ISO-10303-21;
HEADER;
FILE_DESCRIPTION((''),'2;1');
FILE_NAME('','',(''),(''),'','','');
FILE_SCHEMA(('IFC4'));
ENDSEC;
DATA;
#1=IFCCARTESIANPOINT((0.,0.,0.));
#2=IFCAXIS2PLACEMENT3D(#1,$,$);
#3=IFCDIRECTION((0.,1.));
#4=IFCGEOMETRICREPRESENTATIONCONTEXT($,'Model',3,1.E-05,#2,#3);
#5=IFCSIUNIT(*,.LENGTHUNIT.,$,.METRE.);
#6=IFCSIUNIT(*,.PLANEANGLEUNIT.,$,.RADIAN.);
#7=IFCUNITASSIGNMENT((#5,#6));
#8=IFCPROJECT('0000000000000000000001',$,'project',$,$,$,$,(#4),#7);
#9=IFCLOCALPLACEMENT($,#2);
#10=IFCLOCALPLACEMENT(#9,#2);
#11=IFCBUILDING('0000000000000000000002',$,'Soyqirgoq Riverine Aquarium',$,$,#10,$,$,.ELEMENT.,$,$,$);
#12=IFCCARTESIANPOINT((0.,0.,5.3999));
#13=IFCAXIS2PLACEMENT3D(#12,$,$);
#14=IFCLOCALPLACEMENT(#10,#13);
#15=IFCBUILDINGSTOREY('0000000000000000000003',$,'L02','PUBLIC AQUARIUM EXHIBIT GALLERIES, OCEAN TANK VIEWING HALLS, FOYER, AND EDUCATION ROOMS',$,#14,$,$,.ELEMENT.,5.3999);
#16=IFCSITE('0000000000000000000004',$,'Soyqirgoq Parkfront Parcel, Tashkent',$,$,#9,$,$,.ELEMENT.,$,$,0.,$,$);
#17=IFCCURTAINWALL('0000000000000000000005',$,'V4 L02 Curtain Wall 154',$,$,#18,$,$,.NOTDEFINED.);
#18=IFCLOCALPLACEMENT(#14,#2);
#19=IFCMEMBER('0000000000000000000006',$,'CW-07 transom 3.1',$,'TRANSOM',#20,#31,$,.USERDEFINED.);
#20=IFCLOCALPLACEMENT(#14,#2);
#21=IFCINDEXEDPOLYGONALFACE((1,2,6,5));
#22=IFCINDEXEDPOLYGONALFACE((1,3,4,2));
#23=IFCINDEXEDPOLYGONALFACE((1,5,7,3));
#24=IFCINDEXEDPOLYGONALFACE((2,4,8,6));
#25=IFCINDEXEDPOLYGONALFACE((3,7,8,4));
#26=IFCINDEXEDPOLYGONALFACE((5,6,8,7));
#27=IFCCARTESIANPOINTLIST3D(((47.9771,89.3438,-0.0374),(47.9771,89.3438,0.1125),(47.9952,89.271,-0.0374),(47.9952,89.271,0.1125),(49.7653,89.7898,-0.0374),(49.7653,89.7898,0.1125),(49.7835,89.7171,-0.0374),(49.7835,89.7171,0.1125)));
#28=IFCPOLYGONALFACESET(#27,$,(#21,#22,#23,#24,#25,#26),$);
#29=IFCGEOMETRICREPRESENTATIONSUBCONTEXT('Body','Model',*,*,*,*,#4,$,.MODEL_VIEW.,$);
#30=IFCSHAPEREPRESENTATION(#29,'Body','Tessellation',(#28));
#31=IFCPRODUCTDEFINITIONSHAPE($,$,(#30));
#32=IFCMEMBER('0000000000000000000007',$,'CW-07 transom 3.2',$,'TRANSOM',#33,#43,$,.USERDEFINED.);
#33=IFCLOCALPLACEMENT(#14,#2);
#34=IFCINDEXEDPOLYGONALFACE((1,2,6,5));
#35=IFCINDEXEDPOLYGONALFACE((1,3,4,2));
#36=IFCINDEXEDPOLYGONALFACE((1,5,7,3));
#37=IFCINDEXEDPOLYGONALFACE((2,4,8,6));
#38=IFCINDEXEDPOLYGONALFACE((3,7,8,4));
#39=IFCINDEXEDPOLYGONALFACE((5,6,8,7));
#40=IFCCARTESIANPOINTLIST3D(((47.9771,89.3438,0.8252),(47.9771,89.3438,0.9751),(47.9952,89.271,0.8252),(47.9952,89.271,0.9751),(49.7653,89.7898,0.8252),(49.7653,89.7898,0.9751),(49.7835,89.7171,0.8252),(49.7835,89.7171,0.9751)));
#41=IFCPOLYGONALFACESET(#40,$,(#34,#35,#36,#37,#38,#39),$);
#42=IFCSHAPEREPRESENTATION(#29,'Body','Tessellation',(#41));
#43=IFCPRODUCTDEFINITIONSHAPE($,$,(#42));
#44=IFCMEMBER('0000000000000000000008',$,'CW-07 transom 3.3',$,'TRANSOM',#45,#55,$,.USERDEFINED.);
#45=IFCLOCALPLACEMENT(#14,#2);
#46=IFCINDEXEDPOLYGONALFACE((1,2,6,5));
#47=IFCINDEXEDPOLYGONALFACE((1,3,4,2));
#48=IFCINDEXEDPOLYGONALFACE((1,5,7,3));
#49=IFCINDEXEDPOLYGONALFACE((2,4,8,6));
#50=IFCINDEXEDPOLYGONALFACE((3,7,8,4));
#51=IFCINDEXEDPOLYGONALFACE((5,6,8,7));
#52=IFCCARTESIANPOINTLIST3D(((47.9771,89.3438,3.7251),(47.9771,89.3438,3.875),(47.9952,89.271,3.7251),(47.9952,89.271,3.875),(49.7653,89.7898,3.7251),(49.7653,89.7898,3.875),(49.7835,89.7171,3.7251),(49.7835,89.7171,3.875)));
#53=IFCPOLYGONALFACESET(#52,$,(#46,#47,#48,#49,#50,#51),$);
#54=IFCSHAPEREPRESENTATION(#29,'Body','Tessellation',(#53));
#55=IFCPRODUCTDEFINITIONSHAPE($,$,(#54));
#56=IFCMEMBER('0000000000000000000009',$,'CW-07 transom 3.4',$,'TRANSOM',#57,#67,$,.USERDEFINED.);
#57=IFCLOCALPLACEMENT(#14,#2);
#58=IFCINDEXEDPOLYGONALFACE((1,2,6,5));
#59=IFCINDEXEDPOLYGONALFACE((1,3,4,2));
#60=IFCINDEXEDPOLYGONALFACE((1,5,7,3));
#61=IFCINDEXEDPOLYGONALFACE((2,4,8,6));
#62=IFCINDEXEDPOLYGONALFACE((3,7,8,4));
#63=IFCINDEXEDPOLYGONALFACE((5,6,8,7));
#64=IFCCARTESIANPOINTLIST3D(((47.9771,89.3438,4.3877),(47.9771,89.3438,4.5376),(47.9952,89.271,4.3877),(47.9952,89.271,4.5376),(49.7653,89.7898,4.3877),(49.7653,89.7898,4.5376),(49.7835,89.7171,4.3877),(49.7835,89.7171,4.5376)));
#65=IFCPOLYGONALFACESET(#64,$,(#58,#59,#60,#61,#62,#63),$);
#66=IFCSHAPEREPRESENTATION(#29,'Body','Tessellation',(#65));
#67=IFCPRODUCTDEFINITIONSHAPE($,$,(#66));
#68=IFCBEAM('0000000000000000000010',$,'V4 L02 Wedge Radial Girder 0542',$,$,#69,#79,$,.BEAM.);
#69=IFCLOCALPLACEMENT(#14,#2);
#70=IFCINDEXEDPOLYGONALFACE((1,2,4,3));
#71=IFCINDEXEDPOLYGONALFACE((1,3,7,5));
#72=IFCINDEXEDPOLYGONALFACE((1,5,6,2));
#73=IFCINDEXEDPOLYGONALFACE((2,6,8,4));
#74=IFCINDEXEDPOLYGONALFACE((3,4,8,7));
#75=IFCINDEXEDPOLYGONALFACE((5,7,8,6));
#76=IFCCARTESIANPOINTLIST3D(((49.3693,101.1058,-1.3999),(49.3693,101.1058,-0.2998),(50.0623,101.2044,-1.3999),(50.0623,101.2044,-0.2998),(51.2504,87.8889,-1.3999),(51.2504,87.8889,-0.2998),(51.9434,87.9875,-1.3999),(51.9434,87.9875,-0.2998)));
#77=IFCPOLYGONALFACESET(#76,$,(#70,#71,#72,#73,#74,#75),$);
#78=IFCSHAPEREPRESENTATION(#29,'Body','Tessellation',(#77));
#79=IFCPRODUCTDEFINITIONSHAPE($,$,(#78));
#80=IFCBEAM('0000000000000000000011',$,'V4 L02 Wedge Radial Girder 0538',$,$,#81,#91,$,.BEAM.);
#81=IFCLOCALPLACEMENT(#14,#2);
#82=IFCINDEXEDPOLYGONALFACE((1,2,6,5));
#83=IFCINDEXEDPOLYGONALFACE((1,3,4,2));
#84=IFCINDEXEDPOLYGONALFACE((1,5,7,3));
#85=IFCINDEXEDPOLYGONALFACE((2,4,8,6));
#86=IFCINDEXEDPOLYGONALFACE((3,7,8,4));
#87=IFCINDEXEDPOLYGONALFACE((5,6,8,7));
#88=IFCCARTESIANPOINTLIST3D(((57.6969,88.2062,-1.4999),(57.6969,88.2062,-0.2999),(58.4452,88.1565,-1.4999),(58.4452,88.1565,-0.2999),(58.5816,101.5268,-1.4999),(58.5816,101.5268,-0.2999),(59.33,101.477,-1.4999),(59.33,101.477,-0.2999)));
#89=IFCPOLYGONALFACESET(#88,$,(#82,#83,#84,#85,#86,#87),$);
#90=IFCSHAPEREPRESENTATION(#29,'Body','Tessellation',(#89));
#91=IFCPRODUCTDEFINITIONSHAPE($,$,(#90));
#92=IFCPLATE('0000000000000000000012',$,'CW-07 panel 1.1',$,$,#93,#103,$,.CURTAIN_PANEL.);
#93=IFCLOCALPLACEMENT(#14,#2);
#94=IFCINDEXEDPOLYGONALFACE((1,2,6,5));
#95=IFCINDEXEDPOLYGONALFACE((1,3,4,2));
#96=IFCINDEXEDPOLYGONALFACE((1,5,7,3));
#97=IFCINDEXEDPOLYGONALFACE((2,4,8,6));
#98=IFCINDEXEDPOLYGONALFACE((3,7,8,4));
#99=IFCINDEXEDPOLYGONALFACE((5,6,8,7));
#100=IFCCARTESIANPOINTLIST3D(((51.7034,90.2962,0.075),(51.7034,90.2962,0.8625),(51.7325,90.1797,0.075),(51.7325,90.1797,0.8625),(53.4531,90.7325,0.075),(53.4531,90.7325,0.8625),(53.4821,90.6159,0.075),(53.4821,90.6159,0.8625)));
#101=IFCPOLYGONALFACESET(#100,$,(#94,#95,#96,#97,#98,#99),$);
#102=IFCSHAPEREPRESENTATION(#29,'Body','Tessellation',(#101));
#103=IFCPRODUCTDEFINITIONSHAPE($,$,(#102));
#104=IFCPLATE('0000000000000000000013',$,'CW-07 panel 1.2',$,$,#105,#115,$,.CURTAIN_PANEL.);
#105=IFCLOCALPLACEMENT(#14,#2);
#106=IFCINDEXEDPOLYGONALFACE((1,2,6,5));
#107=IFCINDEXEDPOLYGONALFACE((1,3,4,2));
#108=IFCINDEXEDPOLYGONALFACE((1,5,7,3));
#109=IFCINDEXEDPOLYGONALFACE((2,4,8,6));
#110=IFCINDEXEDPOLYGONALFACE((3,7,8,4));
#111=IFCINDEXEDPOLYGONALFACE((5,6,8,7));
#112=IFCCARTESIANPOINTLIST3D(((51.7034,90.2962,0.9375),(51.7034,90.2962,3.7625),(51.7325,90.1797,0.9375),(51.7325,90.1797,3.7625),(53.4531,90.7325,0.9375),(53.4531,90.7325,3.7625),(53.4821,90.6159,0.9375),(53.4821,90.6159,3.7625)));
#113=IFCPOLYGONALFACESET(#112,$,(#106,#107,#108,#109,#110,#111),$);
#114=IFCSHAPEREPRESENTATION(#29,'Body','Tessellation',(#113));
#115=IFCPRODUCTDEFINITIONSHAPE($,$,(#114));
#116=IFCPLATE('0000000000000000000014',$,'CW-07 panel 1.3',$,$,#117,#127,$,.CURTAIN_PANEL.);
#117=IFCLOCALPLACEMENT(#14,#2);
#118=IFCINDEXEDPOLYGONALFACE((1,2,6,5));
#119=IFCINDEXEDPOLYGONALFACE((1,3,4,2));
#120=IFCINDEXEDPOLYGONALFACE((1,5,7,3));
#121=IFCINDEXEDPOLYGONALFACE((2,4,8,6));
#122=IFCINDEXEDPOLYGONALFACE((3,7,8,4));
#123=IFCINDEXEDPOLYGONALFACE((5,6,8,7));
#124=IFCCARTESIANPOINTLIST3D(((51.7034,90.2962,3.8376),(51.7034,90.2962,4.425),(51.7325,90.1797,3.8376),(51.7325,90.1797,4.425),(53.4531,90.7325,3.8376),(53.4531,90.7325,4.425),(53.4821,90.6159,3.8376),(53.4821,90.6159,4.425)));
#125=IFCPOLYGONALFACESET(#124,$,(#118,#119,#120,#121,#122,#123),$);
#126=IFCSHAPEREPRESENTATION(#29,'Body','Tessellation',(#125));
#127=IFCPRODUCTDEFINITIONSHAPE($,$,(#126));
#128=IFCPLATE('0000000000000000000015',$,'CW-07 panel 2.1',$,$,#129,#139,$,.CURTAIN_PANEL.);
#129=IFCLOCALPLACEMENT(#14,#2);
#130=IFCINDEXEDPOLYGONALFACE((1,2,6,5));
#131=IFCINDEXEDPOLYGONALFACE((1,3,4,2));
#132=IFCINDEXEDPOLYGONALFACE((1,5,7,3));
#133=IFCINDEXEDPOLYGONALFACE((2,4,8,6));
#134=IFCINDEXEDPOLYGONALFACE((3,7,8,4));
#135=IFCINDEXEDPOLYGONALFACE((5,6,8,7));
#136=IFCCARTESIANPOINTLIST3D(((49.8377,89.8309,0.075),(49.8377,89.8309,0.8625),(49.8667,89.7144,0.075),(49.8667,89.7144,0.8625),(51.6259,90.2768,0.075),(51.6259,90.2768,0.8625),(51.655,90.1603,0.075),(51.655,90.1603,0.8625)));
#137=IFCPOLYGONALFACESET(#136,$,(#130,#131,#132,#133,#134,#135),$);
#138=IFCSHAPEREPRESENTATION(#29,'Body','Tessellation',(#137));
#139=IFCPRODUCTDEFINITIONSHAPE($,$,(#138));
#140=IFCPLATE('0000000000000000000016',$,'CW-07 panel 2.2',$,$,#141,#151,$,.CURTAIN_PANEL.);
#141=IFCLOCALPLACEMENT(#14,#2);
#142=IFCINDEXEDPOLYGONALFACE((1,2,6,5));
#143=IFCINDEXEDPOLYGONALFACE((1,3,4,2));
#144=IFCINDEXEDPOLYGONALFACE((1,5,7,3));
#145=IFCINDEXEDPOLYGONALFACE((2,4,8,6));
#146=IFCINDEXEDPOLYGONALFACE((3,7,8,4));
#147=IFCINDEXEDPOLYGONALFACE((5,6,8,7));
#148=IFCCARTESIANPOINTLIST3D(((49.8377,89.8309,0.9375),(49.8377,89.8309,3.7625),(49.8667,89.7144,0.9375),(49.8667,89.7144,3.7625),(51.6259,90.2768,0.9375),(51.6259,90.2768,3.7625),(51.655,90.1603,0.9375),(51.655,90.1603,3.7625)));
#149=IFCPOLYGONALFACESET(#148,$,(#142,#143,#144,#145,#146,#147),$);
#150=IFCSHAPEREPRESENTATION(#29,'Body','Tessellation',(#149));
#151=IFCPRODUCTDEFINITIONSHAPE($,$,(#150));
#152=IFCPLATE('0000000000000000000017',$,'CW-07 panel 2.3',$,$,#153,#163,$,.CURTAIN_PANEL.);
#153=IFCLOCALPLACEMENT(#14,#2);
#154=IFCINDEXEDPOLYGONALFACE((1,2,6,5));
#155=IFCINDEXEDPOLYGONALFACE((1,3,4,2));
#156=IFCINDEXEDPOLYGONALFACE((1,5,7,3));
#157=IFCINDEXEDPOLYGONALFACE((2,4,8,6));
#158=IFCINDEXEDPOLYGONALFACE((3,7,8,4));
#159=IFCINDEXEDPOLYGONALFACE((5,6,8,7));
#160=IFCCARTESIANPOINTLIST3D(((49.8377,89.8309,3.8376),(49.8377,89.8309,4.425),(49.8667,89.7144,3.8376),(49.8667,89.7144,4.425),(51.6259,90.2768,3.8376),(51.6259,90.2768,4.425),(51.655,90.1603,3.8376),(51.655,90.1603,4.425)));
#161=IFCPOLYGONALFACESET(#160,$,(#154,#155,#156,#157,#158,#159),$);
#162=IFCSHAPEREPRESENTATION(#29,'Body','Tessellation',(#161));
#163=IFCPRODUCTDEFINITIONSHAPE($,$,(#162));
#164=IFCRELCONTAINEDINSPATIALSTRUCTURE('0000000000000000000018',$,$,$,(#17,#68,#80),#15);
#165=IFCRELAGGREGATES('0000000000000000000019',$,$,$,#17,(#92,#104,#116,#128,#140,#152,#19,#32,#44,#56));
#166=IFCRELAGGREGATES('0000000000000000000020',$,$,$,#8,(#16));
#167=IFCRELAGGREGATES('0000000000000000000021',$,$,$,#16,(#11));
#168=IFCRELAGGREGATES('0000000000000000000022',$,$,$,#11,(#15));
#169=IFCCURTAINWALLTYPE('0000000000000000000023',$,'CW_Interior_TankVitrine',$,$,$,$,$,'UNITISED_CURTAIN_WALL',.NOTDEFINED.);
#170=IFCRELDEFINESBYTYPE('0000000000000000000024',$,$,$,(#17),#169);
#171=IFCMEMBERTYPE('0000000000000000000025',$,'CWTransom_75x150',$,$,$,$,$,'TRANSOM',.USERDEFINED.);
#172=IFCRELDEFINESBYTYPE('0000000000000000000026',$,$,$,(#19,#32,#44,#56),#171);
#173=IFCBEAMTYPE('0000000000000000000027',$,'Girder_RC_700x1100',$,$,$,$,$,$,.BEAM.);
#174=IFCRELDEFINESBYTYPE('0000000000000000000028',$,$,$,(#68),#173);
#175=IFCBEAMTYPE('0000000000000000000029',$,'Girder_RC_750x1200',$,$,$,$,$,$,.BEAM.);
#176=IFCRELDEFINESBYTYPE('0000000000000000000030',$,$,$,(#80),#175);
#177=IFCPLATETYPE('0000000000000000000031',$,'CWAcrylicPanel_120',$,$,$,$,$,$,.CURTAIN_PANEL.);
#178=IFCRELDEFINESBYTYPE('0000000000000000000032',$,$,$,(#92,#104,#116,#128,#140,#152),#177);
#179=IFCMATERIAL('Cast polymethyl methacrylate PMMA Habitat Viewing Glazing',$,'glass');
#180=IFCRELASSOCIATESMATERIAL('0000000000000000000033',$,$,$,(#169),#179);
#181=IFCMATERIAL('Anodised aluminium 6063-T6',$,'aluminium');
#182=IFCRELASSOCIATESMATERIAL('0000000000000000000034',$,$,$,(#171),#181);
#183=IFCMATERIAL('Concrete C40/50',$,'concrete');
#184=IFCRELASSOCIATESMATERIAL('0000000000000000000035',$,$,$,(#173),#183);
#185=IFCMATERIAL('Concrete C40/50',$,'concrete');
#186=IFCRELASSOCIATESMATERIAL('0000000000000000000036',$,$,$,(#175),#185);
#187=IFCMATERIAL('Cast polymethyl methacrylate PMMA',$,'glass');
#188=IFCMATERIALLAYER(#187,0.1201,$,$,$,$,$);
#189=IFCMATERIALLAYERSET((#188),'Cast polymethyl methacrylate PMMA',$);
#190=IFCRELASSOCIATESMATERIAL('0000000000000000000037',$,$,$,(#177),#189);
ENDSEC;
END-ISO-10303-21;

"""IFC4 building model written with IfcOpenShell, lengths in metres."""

from ifc_helpers import new_model, si_unit, direction, frame, origin, origin_2d, place, context, subcontext, project, spatial, rectangle, extrude, material, layer, layer_set, material_profile, profile_set, type_object, element, aggregate, save


model = new_model("IFC4")

# Units and contexts
model_context = context("Model", 3, precision=1e-05, world=origin(), true_north=direction((0.0, 1.0)))
body_context = subcontext(model_context, "Body", "Model", "MODEL_VIEW")
ifc_project = project(units=[si_unit("LENGTHUNIT", "METRE"), si_unit("PLANEANGLEUNIT", "RADIAN")], contexts=[model_context])

# Site, building, storey
site_placement = place(None, origin())
site = spatial("IfcSite", under=ifc_project, at=site_placement, Name="Soyqirgoq Parkfront Parcel, Tashkent", CompositionType="ELEMENT", RefElevation=0.0)
building_placement = place(site_placement, origin())
building = spatial("IfcBuilding", under=site, at=building_placement, Name="Soyqirgoq Riverine Aquarium", CompositionType="ELEMENT")
storey_placement = place(building_placement, frame((0.0, 0.0, 5.3999)))
storey = spatial("IfcBuildingStorey", under=building, at=storey_placement, Name="L02", Description="PUBLIC AQUARIUM EXHIBIT GALLERIES, OCEAN TANK VIEWING HALLS, FOYER, AND EDUCATION ROOMS", CompositionType="ELEMENT", Elevation=5.3999)

# Curtain wall, members
ifc_material_1 = material(Name="Cast polymethyl methacrylate PMMA Habitat Viewing Glazing", Category="glass")
curtain_wall_type = type_object("IfcCurtainWallType", Name="CW_Interior_TankVitrine", ElementType="UNITISED_CURTAIN_WALL", PredefinedType="NOTDEFINED", material=ifc_material_1)
curtain_wall_placement = place(storey_placement, origin())
curtain_wall = element("IfcCurtainWall", 1, at=curtain_wall_placement, inside=storey, type_object=curtain_wall_type, Name="V4 L02 Curtain Wall 154", PredefinedType="NOTDEFINED")
ifc_material_2 = material(Name="Anodised aluminium 6063-T6", Category="aluminium")
ifc_material_profile_1 = material_profile(ifc_material_2, rectangle(XDim=0.075, YDim=0.1499, at=origin_2d()), Name="ALU-T 75x150")
ifc_profile_set_1 = profile_set([ifc_material_profile_1], Name="Anodised aluminium 6063-T6")
member_type_1 = type_object("IfcMemberType", Name="CWTransom_75x150", ElementType="TRANSOM", PredefinedType="USERDEFINED", material=ifc_profile_set_1)
member_1_placement = place(storey_placement, frame((49.7744, 89.7534, 0.0376), z_axis=(-0.970275, -0.242006, 0.0), x_axis=(0.242006, -0.970275, 0.0)))
member_1 = element("IfcMember", 2, at=member_1_placement, type_object=member_type_1, Name="CW-07 transom 3.1", ObjectType="TRANSOM", PredefinedType="USERDEFINED", context=body_context, shape_type="SweptSolid", body=[
    extrude(rectangle(XDim=0.075, YDim=0.1499, at=origin_2d()), origin(), (0.0, 0.0, 1.0), 1.843),
])
member_2_placement = place(storey_placement, frame((49.7744, 89.7534, 0.9001), z_axis=(-0.970275, -0.242006, 0.0), x_axis=(0.242006, -0.970275, 0.0)))
member_2 = element("IfcMember", 3, at=member_2_placement, type_object=member_type_1, Name="CW-07 transom 3.2", ObjectType="TRANSOM", PredefinedType="USERDEFINED", context=body_context, shape_type="SweptSolid", body=[
    extrude(rectangle(XDim=0.075, YDim=0.1499, at=origin_2d()), origin(), (0.0, 0.0, 1.0), 1.843),
])
member_3_placement = place(storey_placement, frame((49.7744, 89.7534, 3.8), z_axis=(-0.970275, -0.242006, 0.0), x_axis=(0.242006, -0.970275, 0.0)))
member_3 = element("IfcMember", 4, at=member_3_placement, type_object=member_type_1, Name="CW-07 transom 3.3", ObjectType="TRANSOM", PredefinedType="USERDEFINED", context=body_context, shape_type="SweptSolid", body=[
    extrude(rectangle(XDim=0.075, YDim=0.1499, at=origin_2d()), origin(), (0.0, 0.0, 1.0), 1.843),
])
member_4_placement = place(storey_placement, frame((49.7744, 89.7534, 4.4626), z_axis=(-0.970275, -0.242006, 0.0), x_axis=(0.242006, -0.970275, 0.0)))
member_4 = element("IfcMember", 5, at=member_4_placement, type_object=member_type_1, Name="CW-07 transom 3.4", ObjectType="TRANSOM", PredefinedType="USERDEFINED", context=body_context, shape_type="SweptSolid", body=[
    extrude(rectangle(XDim=0.075, YDim=0.1499, at=origin_2d()), origin(), (0.0, 0.0, 1.0), 1.843),
])

# Beams
ifc_material_3 = material(Name="Concrete C40/50", Category="concrete")
ifc_material_profile_2 = material_profile(ifc_material_3, rectangle(XDim=0.7, YDim=1.1001, at=origin_2d()), Name="RC 700x1100")
ifc_profile_set_2 = profile_set([ifc_material_profile_2], Name="Concrete C40/50")
beam_type_1 = type_object("IfcBeamType", Name="Girder_RC_700x1100", PredefinedType="BEAM", material=ifc_profile_set_2)
beam_1_placement = place(storey_placement, frame((51.5969, 87.9382, -0.8499), z_axis=(-0.140907, 0.990023, 0.0), x_axis=(-0.990023, -0.140907, 0.0)))
element("IfcBeam", 6, at=beam_1_placement, inside=storey, type_object=beam_type_1, Name="V4 L02 Wedge Radial Girder 0542", PredefinedType="BEAM", context=body_context, shape_type="SweptSolid", body=[
    extrude(rectangle(XDim=0.7, YDim=1.1001, at=origin_2d()), origin(), (0.0, 0.0, 1.0), 13.3501),
])
ifc_material_4 = material(Name="Concrete C40/50", Category="concrete")
ifc_material_profile_3 = material_profile(ifc_material_4, rectangle(XDim=0.75, YDim=1.2, at=origin_2d()), Name="RC 750x1200")
ifc_profile_set_3 = profile_set([ifc_material_profile_3], Name="Concrete C40/50")
beam_type_2 = type_object("IfcBeamType", Name="Girder_RC_750x1200", PredefinedType="BEAM", material=ifc_profile_set_3)
beam_2_placement = place(storey_placement, frame((58.071, 88.1814, -0.8999), z_axis=(0.066275, 0.997801, 0.0), x_axis=(-0.997801, 0.066275, 0.0)))
element("IfcBeam", 7, at=beam_2_placement, inside=storey, type_object=beam_type_2, Name="V4 L02 Wedge Radial Girder 0538", PredefinedType="BEAM", context=body_context, shape_type="SweptSolid", body=[
    extrude(rectangle(XDim=0.75, YDim=1.2, at=origin_2d()), origin(), (0.0, 0.0, 1.0), 13.3499),
])

# Plates
ifc_material_5 = material(Name="Cast polymethyl methacrylate PMMA", Category="glass")
ifc_layer = layer(ifc_material_5, 0.1201)
ifc_layer_set = layer_set([ifc_layer], Name="Cast polymethyl methacrylate PMMA")
plate_type = type_object("IfcPlateType", Name="CWAcrylicPanel_120", PredefinedType="CURTAIN_PANEL", material=ifc_layer_set)
plate_1_placement = place(storey_placement, frame((52.5928, 90.4561, 0.075), z_axis=(0.0, 0.0, 1.0), x_axis=(-0.970295, -0.241926, 0.0)))
plate_1 = element("IfcPlate", 8, at=plate_1_placement, type_object=plate_type, Name="CW-07 panel 1.1", PredefinedType="CURTAIN_PANEL", context=body_context, shape_type="SweptSolid", body=[
    extrude(rectangle(XDim=1.8032, YDim=0.1201, at=origin_2d()), origin(), (0.0, 0.0, 1.0), 0.7876),
])
plate_2_placement = place(storey_placement, frame((52.5928, 90.4561, 0.9375), z_axis=(0.0, 0.0, 1.0), x_axis=(-0.970295, -0.241926, 0.0)))
plate_2 = element("IfcPlate", 9, at=plate_2_placement, type_object=plate_type, Name="CW-07 panel 1.2", PredefinedType="CURTAIN_PANEL", context=body_context, shape_type="SweptSolid", body=[
    extrude(rectangle(XDim=1.8032, YDim=0.1201, at=origin_2d()), origin(), (0.0, 0.0, 1.0), 2.825),
])
plate_3_placement = place(storey_placement, frame((52.5928, 90.4561, 3.8376), z_axis=(0.0, 0.0, 1.0), x_axis=(-0.970295, -0.241926, 0.0)))
plate_3 = element("IfcPlate", 10, at=plate_3_placement, type_object=plate_type, Name="CW-07 panel 1.3", PredefinedType="CURTAIN_PANEL", context=body_context, shape_type="SweptSolid", body=[
    extrude(rectangle(XDim=1.8032, YDim=0.1201, at=origin_2d()), origin(), (0.0, 0.0, 1.0), 0.5874),
])
plate_4_placement = place(storey_placement, frame((50.7463, 89.9956, 0.075), z_axis=(0.0, 0.0, 1.0), x_axis=(-0.970295, -0.241926, 0.0)))
plate_4 = element("IfcPlate", 11, at=plate_4_placement, type_object=plate_type, Name="CW-07 panel 2.1", PredefinedType="CURTAIN_PANEL", context=body_context, shape_type="SweptSolid", body=[
    extrude(rectangle(XDim=1.843, YDim=0.1201, at=origin_2d()), origin(), (0.0, 0.0, 1.0), 0.7876),
])
plate_5_placement = place(storey_placement, frame((50.7463, 89.9956, 0.9375), z_axis=(0.0, 0.0, 1.0), x_axis=(-0.970295, -0.241926, 0.0)))
plate_5 = element("IfcPlate", 12, at=plate_5_placement, type_object=plate_type, Name="CW-07 panel 2.2", PredefinedType="CURTAIN_PANEL", context=body_context, shape_type="SweptSolid", body=[
    extrude(rectangle(XDim=1.843, YDim=0.1201, at=origin_2d()), origin(), (0.0, 0.0, 1.0), 2.825),
])
plate_6_placement = place(storey_placement, frame((50.7463, 89.9956, 3.8376), z_axis=(0.0, 0.0, 1.0), x_axis=(-0.970295, -0.241926, 0.0)))
plate_6 = element("IfcPlate", 13, at=plate_6_placement, type_object=plate_type, Name="CW-07 panel 2.3", PredefinedType="CURTAIN_PANEL", context=body_context, shape_type="SweptSolid", body=[
    extrude(rectangle(XDim=1.843, YDim=0.1201, at=origin_2d()), origin(), (0.0, 0.0, 1.0), 0.5874),
])
aggregate(curtain_wall, [plate_1, plate_2, plate_3, plate_4, plate_5, plate_6, member_1, member_2, member_3, member_4])

save(model, "model.ifc")
